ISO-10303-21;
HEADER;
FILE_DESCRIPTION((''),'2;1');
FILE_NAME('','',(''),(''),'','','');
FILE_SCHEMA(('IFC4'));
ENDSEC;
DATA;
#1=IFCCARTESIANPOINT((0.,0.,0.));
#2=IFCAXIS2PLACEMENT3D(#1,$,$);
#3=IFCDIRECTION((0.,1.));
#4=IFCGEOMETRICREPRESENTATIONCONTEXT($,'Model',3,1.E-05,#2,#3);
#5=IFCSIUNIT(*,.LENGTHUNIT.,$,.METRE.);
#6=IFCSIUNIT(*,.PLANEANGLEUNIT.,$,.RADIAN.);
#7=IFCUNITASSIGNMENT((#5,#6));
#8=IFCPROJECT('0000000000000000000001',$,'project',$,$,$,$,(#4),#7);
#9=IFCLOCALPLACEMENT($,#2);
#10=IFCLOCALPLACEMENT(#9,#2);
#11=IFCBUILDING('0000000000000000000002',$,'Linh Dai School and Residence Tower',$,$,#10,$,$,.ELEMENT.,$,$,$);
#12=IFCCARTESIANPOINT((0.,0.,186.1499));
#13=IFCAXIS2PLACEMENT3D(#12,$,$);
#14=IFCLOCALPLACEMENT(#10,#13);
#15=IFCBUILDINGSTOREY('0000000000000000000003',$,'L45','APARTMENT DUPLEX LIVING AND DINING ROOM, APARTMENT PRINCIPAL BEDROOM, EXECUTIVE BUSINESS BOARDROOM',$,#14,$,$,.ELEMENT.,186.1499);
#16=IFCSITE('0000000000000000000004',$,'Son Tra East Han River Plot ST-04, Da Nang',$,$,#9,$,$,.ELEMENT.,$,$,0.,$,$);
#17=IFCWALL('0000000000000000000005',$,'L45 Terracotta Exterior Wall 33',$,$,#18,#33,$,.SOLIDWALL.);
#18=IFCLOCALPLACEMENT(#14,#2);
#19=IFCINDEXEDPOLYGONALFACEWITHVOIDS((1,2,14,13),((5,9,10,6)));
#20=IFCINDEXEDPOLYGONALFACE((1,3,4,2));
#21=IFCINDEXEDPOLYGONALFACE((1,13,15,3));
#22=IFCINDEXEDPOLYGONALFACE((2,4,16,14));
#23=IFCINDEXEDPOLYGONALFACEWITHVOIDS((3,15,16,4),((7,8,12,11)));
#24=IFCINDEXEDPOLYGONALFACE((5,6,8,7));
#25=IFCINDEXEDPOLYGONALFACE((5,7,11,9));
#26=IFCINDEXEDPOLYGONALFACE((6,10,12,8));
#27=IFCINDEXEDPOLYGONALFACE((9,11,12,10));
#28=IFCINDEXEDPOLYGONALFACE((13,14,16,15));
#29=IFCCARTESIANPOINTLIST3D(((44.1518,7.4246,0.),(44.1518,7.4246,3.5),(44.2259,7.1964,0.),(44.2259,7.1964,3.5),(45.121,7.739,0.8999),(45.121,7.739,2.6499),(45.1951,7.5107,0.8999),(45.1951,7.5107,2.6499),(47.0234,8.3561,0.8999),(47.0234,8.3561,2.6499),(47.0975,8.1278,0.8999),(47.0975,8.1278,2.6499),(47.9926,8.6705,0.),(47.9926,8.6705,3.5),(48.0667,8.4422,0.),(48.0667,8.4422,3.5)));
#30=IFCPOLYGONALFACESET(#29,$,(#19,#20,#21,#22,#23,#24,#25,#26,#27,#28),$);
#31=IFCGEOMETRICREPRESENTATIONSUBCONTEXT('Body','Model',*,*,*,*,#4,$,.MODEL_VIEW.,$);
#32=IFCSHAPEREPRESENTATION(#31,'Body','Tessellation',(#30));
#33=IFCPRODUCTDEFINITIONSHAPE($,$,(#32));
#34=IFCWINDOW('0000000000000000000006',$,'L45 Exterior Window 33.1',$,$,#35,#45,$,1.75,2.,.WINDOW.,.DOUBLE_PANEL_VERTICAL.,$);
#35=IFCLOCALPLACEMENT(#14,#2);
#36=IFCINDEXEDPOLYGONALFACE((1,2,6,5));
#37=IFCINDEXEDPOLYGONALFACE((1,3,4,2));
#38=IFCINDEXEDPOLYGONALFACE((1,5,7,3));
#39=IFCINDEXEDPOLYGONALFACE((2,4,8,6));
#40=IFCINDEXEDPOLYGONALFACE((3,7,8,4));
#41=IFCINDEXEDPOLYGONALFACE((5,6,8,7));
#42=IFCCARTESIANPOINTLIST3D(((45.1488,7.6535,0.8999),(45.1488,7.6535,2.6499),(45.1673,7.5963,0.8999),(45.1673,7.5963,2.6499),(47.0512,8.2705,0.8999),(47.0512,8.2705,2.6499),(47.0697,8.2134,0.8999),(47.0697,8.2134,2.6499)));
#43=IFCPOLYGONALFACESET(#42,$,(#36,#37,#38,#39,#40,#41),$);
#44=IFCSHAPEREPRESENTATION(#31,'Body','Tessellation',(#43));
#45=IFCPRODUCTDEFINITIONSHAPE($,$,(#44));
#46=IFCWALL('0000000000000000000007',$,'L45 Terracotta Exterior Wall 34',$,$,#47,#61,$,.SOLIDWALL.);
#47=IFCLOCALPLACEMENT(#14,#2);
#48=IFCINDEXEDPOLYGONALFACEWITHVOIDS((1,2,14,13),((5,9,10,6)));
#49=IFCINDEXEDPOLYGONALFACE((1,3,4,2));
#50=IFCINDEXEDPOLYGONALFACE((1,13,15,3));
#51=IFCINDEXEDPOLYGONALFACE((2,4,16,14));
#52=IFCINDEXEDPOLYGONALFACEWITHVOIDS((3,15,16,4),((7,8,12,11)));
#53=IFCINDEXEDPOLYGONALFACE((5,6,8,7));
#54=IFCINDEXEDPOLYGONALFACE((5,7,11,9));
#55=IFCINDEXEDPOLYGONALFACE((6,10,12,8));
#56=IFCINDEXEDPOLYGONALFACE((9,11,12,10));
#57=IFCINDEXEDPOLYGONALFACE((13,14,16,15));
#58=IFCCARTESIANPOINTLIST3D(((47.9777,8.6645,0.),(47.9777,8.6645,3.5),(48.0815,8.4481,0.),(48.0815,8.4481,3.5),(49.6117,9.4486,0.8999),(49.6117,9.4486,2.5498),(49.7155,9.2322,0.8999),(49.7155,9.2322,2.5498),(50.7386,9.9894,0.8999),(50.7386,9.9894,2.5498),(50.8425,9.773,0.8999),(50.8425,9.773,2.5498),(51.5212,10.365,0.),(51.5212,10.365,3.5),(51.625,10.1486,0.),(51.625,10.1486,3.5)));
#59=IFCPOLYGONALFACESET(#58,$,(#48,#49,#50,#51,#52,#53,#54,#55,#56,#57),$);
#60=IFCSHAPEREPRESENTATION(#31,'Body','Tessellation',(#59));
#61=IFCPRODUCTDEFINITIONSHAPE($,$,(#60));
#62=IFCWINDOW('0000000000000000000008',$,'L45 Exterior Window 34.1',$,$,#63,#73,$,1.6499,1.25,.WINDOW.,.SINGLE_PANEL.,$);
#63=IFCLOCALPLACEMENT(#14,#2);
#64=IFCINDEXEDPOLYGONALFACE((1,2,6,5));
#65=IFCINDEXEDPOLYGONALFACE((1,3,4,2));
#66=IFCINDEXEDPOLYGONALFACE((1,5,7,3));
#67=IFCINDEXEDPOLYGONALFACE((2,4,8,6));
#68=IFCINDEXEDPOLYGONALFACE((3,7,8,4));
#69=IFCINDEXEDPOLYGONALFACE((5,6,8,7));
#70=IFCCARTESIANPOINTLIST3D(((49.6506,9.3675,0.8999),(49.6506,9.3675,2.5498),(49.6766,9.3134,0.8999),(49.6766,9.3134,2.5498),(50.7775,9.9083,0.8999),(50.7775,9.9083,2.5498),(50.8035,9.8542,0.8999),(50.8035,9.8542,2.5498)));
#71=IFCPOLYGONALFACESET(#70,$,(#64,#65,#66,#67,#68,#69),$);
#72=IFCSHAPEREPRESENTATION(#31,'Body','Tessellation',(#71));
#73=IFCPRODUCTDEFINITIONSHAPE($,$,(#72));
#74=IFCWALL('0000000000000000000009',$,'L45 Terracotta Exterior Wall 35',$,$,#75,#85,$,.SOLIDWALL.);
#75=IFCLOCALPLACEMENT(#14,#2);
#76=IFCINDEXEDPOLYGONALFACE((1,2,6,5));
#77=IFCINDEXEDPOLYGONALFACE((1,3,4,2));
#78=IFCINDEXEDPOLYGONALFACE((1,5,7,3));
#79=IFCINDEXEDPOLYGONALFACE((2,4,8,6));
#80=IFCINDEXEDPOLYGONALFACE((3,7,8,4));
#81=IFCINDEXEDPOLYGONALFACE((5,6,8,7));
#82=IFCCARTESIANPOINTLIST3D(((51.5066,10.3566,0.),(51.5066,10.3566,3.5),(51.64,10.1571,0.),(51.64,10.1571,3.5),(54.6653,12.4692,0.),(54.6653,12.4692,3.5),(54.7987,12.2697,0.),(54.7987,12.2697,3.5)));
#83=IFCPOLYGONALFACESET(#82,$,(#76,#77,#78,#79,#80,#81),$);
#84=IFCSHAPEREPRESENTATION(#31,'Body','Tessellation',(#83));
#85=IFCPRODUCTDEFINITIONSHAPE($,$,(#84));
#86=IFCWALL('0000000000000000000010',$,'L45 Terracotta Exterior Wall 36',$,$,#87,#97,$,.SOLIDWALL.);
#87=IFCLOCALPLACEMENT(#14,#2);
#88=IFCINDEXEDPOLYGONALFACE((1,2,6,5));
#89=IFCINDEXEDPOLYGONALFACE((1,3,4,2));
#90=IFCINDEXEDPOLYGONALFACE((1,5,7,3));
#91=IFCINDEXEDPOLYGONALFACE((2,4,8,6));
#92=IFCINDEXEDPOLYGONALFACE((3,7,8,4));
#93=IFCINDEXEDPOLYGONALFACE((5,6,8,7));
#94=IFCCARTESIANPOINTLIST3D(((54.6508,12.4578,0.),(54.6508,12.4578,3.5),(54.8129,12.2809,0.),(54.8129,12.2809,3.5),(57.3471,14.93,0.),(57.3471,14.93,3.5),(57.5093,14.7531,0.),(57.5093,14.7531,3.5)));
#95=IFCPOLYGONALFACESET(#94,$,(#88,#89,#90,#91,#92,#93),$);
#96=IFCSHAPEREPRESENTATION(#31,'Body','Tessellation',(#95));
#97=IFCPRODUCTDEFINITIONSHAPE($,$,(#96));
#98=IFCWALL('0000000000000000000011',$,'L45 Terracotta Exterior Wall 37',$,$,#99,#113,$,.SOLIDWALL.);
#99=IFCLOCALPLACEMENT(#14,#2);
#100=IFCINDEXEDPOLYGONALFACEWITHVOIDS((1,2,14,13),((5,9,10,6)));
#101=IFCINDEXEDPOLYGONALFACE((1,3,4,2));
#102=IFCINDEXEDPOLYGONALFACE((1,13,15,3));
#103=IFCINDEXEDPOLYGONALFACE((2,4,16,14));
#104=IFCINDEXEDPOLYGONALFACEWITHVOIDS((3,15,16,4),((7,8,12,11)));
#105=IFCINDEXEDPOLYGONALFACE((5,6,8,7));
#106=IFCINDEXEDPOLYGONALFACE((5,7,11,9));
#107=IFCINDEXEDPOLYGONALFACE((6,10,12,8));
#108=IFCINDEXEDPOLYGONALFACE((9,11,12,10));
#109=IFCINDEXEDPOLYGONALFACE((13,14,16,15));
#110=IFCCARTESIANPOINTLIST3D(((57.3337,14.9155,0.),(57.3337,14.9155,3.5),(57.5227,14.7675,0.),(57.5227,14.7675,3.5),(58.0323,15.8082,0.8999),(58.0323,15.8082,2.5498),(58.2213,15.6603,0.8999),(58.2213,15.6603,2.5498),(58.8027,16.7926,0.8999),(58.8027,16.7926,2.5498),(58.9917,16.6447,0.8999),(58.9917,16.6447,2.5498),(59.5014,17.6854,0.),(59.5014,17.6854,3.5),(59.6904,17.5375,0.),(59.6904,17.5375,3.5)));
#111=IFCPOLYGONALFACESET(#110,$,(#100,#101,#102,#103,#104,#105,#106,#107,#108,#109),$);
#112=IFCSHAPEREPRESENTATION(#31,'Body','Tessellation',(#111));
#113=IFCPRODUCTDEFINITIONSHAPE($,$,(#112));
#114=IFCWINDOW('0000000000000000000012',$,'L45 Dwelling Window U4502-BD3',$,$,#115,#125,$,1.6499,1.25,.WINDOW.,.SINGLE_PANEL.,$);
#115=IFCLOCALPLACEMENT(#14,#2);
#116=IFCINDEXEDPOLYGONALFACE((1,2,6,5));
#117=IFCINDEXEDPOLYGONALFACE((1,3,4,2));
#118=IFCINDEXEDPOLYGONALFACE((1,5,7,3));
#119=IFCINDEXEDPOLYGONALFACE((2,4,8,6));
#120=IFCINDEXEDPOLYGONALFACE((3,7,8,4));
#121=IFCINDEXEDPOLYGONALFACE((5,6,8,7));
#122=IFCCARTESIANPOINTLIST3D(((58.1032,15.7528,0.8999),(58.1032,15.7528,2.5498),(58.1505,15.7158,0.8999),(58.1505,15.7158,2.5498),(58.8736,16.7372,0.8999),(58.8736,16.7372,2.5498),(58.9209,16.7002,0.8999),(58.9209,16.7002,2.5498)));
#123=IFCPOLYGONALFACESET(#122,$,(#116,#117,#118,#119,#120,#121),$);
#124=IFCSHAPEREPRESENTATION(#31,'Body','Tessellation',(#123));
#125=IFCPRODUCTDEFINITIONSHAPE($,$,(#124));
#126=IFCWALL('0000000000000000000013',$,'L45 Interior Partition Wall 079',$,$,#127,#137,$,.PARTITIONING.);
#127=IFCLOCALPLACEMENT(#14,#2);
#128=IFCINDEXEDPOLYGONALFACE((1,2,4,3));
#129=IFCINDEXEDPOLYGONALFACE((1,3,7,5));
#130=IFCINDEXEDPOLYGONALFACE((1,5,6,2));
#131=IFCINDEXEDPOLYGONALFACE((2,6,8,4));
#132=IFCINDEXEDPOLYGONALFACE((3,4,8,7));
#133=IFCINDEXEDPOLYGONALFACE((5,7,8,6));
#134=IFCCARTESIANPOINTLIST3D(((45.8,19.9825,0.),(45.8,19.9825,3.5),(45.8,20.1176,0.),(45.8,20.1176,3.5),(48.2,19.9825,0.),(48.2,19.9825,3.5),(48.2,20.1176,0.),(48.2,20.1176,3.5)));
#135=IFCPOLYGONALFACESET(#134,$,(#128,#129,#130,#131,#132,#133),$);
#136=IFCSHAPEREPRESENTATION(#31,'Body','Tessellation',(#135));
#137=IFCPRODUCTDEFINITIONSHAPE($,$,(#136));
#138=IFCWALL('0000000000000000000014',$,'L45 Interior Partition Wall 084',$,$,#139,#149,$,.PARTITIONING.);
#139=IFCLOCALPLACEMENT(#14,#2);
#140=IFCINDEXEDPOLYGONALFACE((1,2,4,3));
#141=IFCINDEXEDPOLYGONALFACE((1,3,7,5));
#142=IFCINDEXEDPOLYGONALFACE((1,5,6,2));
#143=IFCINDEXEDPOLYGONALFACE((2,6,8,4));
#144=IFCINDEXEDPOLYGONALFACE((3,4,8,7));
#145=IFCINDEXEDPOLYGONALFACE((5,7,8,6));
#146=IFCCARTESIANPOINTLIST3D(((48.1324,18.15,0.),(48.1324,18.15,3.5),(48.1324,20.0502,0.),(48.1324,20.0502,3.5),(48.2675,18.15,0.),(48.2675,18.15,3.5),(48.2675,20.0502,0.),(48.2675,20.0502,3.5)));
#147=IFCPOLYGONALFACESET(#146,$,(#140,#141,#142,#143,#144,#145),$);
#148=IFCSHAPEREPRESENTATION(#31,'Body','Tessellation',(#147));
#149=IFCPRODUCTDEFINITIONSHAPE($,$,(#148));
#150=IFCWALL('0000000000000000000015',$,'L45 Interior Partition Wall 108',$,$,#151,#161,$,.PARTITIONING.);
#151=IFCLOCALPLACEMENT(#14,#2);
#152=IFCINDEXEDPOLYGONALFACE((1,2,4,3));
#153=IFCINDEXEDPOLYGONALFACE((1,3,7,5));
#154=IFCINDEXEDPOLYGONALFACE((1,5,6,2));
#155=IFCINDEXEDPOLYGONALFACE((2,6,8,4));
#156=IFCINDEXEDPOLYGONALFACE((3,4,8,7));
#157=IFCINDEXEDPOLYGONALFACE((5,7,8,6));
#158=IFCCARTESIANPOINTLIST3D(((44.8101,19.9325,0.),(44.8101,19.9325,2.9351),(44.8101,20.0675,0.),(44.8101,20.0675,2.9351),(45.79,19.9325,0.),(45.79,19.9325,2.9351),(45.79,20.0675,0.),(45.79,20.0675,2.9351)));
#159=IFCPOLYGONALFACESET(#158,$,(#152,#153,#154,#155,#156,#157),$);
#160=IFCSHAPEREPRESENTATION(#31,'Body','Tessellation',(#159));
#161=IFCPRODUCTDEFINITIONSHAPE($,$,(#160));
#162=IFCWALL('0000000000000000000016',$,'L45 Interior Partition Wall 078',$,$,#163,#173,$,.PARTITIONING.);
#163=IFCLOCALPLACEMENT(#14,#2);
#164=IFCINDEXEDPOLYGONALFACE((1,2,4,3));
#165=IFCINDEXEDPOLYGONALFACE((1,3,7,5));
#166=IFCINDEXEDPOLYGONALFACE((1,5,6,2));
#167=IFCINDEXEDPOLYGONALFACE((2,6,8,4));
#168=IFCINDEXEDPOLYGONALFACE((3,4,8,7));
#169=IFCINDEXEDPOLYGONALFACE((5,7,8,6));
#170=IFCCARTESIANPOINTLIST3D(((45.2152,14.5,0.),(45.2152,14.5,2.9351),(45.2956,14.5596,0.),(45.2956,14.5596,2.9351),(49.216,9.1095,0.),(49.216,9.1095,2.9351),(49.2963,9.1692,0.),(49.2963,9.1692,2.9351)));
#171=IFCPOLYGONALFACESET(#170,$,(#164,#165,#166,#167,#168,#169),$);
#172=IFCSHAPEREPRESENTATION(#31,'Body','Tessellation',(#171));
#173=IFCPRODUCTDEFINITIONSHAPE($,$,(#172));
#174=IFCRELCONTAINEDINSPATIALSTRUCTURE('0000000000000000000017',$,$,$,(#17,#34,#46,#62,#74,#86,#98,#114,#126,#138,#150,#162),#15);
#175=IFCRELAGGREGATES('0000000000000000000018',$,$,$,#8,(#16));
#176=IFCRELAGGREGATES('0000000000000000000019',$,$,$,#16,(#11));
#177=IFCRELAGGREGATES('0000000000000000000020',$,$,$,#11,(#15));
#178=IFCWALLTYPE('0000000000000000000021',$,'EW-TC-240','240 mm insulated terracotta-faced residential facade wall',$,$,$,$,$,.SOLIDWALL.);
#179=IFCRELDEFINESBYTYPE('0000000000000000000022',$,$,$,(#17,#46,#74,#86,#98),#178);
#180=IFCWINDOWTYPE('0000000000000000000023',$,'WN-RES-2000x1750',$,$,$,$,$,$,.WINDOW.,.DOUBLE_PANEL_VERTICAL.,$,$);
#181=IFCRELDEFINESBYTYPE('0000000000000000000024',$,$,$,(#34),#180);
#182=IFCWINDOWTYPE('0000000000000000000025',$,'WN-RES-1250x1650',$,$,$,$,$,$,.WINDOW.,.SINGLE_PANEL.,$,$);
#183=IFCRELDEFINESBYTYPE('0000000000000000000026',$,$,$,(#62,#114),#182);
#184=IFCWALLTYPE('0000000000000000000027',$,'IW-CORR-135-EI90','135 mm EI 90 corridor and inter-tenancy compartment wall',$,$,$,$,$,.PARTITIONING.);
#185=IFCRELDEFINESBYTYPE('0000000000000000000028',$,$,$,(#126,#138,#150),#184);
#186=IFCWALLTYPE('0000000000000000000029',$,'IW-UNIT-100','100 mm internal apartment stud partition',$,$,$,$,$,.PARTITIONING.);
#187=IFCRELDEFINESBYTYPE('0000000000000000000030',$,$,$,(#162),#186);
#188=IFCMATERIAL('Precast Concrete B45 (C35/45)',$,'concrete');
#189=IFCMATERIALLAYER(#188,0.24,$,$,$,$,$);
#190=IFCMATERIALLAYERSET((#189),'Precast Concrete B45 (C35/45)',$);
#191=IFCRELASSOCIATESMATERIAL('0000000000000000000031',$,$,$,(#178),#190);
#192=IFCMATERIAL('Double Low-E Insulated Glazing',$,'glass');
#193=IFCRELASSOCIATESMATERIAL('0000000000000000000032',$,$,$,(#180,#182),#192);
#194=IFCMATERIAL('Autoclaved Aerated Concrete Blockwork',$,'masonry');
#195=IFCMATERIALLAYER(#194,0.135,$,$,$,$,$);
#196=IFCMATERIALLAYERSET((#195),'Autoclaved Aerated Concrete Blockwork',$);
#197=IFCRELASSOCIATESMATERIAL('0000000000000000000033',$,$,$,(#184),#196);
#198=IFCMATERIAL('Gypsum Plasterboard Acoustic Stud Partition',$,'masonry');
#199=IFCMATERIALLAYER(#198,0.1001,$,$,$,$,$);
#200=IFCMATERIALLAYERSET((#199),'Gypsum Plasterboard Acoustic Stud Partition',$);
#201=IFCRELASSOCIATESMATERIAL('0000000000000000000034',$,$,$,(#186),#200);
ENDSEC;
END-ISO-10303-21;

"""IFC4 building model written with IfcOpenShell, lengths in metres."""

from ifc_helpers import new_model, si_unit, direction, frame, frame_2d, origin, origin_2d, place, context, subcontext, project, spatial, rectangle, extrude, source, transform, mapped, material, layer, layer_set, type_object, element, fill, save


model = new_model("IFC4")

# Units and contexts
model_context = context("Model", 3, precision=1e-05, world=origin(), true_north=direction((0.0, 1.0)))
body_context = subcontext(model_context, "Body", "Model", "MODEL_VIEW")
ifc_project = project(units=[si_unit("LENGTHUNIT", "METRE"), si_unit("PLANEANGLEUNIT", "RADIAN")], contexts=[model_context])

# Site, building, storey
site_placement = place(None, origin())
site = spatial("IfcSite", under=ifc_project, at=site_placement, Name="Son Tra East Han River Plot ST-04, Da Nang", CompositionType="ELEMENT", RefElevation=0.0)
building_placement = place(site_placement, origin())
building = spatial("IfcBuilding", under=site, at=building_placement, Name="Linh Dai School and Residence Tower", CompositionType="ELEMENT")
storey_placement = place(building_placement, frame((0.0, 0.0, 186.1499)))
storey = spatial("IfcBuildingStorey", under=building, at=storey_placement, Name="L45", Description="APARTMENT DUPLEX LIVING AND DINING ROOM, APARTMENT PRINCIPAL BEDROOM, EXECUTIVE BUSINESS BOARDROOM", CompositionType="ELEMENT", Elevation=186.1499)

# Shared definitions
ifc_material_1 = material(Name="Precast Concrete B45 (C35/45)", Category="concrete")

# Walls, openings, windows
ifc_layer_1 = layer(ifc_material_1, 0.24)
ifc_layer_set_1 = layer_set([ifc_layer_1], Name="Precast Concrete B45 (C35/45)")
wall_type_1 = type_object("IfcWallType", Name="EW-TC-240", Description="240 mm insulated terracotta-faced residential facade wall", PredefinedType="SOLIDWALL", material=ifc_layer_set_1)
wall_1_placement = place(storey_placement, frame((48.0298, 8.5564, 0.0), z_axis=(0.0, 0.0, 1.0), x_axis=(-0.95121, -0.308545, 0.0)))
wall_1 = element("IfcWall", 1, at=wall_1_placement, inside=storey, type_object=wall_type_1, Name="L45 Terracotta Exterior Wall 33", PredefinedType="SOLIDWALL", context=body_context, shape_type="SweptSolid", body=[
    extrude(rectangle(XDim=4.0378, YDim=0.24, at=frame_2d((2.019, 0.0))), origin(), (0.0, 0.0, 1.0), 3.5),
])
opening_1_placement = place(wall_1_placement, frame((1.019, 0.0, 0.8999)))
opening_1 = element("IfcOpeningElement", 2, at=opening_1_placement, cuts=wall_1, PredefinedType="OPENING", context=body_context, shape_type="SweptSolid", body=[
    extrude(rectangle(XDim=2.0, YDim=1.75, at=origin_2d()), frame((1.0, 0.1299, 0.875), z_axis=(0.0, -1.0, 0.0), x_axis=(1.0, 0.0, 0.0)), (0.0, 0.0, 1.0), 0.26),
])
ifc_material_2 = material(Name="Double Low-E Insulated Glazing", Category="glass")
window_type_1 = type_object("IfcWindowType", Name="WN-RES-2000x1750", PartitioningType="DOUBLE_PANEL_VERTICAL", PredefinedType="WINDOW", material=ifc_material_2)
shared_shape_1 = source(origin(), body_context, "Body", "SweptSolid", [
    extrude(rectangle(XDim=2.0, YDim=1.75, at=origin_2d()), frame((1.0, 0.03, 0.875), z_axis=(0.0, -1.0, 0.0), x_axis=(1.0, 0.0, 0.0)), (0.0, 0.0, 1.0), 0.0601),
])
window_1_placement = place(opening_1_placement, origin())
window_1 = element("IfcWindow", 3, at=window_1_placement, inside=storey, type_object=window_type_1, Name="L45 Exterior Window 33.1", OverallHeight=1.75, OverallWidth=2.0, PartitioningType="DOUBLE_PANEL_VERTICAL", PredefinedType="WINDOW", context=body_context, shape_type="MappedRepresentation", body=[
    mapped(shared_shape_1, transform((0.0, 0.0, 0.0), x_axis=(1.0, 0.0, 0.0), y_axis=(0.0, 1.0, 0.0), z_axis=(0.0, 0.0, 1.0), scale=1.0)),
])
fill(opening_1, window_1)
wall_2_placement = place(storey_placement, frame((51.5732, 10.2568, 0.0), z_axis=(0.0, 0.0, 1.0), x_axis=(-0.901565, -0.432644, 0.0)))
wall_2 = element("IfcWall", 4, at=wall_2_placement, inside=storey, type_object=wall_type_1, Name="L45 Terracotta Exterior Wall 34", PredefinedType="SOLIDWALL", context=body_context, shape_type="SweptSolid", body=[
    extrude(rectangle(XDim=3.9304, YDim=0.24, at=frame_2d((1.9653, 0.0))), origin(), (0.0, 0.0, 1.0), 3.5),
])
opening_2_placement = place(wall_2_placement, frame((0.8682, 0.0, 0.8999)))
opening_2 = element("IfcOpeningElement", 5, at=opening_2_placement, cuts=wall_2, PredefinedType="OPENING", context=body_context, shape_type="SweptSolid", body=[
    extrude(rectangle(XDim=1.25, YDim=1.6499, at=origin_2d()), frame((0.625, 0.1299, 0.825), z_axis=(0.0, -1.0, 0.0), x_axis=(1.0, 0.0, 0.0)), (0.0, 0.0, 1.0), 0.26),
])
window_type_2 = type_object("IfcWindowType", Name="WN-RES-1250x1650", PartitioningType="SINGLE_PANEL", PredefinedType="WINDOW", material=ifc_material_2)
shared_shape_2 = source(origin(), body_context, "Body", "SweptSolid", [
    extrude(rectangle(XDim=1.25, YDim=1.6499, at=origin_2d()), frame((0.625, 0.03, 0.825), z_axis=(0.0, -1.0, 0.0), x_axis=(1.0, 0.0, 0.0)), (0.0, 0.0, 1.0), 0.0601),
])
window_2_placement = place(opening_2_placement, origin())
window_2 = element("IfcWindow", 6, at=window_2_placement, inside=storey, type_object=window_type_2, Name="L45 Exterior Window 34.1", OverallHeight=1.6499, OverallWidth=1.25, PartitioningType="SINGLE_PANEL", PredefinedType="WINDOW", context=body_context, shape_type="MappedRepresentation", body=[
    mapped(shared_shape_2, transform((0.0, 0.0, 0.0), x_axis=(1.0, 0.0, 0.0), y_axis=(0.0, 1.0, 0.0), z_axis=(0.0, 0.0, 1.0), scale=1.0)),
])
fill(opening_2, window_2)

# Walls
wall_3_placement = place(storey_placement, frame((54.7319, 12.3694, 0.0), z_axis=(0.0, 0.0, 1.0), x_axis=(-0.831229, -0.55593, 0.0)))
element("IfcWall", 7, at=wall_3_placement, inside=storey, type_object=wall_type_1, Name="L45 Terracotta Exterior Wall 35", PredefinedType="SOLIDWALL", context=body_context, shape_type="SweptSolid", body=[
    extrude(rectangle(XDim=3.8, YDim=0.24, at=frame_2d((1.8999, 0.0))), origin(), (0.0, 0.0, 1.0), 3.5),
])
wall_4_placement = place(storey_placement, frame((57.4282, 14.8416, 0.0), z_axis=(0.0, 0.0, 1.0), x_axis=(-0.737077, -0.675809, 0.0)))
element("IfcWall", 8, at=wall_4_placement, inside=storey, type_object=wall_type_1, Name="L45 Terracotta Exterior Wall 36", PredefinedType="SOLIDWALL", context=body_context, shape_type="SweptSolid", body=[
    extrude(rectangle(XDim=3.6582, YDim=0.24, at=frame_2d((1.8291, 0.0))), origin(), (0.0, 0.0, 1.0), 3.5),
])

# Wall, opening, window
wall_5_placement = place(storey_placement, frame((59.5959, 17.6116, 0.0), z_axis=(0.0, 0.0, 1.0), x_axis=(-0.616288, -0.787521, 0.0)))
wall_5 = element("IfcWall", 9, at=wall_5_placement, inside=storey, type_object=wall_type_1, Name="L45 Terracotta Exterior Wall 37", PredefinedType="SOLIDWALL", context=body_context, shape_type="SweptSolid", body=[
    extrude(rectangle(XDim=3.5173, YDim=0.24, at=frame_2d((1.7588, 0.0))), origin(), (0.0, 0.0, 1.0), 3.5),
])
opening_3_placement = place(wall_5_placement, frame((1.1338, 0.0, 0.8999)))
opening_3 = element("IfcOpeningElement", 10, at=opening_3_placement, cuts=wall_5, PredefinedType="OPENING", context=body_context, shape_type="SweptSolid", body=[
    extrude(rectangle(XDim=1.25, YDim=1.6499, at=origin_2d()), frame((0.625, 0.1299, 0.825), z_axis=(0.0, -1.0, 0.0), x_axis=(1.0, 0.0, 0.0)), (0.0, 0.0, 1.0), 0.26),
])
window_3_placement = place(opening_3_placement, origin())
window_3 = element("IfcWindow", 11, at=window_3_placement, inside=storey, type_object=window_type_2, Name="L45 Dwelling Window U4502-BD3", OverallHeight=1.6499, OverallWidth=1.25, PartitioningType="SINGLE_PANEL", PredefinedType="WINDOW", context=body_context, shape_type="MappedRepresentation", body=[
    mapped(shared_shape_2, transform((0.0, 0.0, 0.0), x_axis=(1.0, 0.0, 0.0), y_axis=(0.0, 1.0, 0.0), z_axis=(0.0, 0.0, 1.0), scale=1.0)),
])
fill(opening_3, window_3)

# Walls
ifc_material_3 = material(Name="Autoclaved Aerated Concrete Blockwork", Category="masonry")
ifc_layer_2 = layer(ifc_material_3, 0.135)
ifc_layer_set_2 = layer_set([ifc_layer_2], Name="Autoclaved Aerated Concrete Blockwork")
wall_type_2 = type_object("IfcWallType", Name="IW-CORR-135-EI90", Description="135 mm EI 90 corridor and inter-tenancy compartment wall", PredefinedType="PARTITIONING", material=ifc_layer_set_2)
wall_6_placement = place(storey_placement, frame((45.8, 20.05, 0.0), z_axis=(0.0, 0.0, 1.0), x_axis=(1.0, 0.0, 0.0)))
element("IfcWall", 12, at=wall_6_placement, inside=storey, type_object=wall_type_2, Name="L45 Interior Partition Wall 079", PredefinedType="PARTITIONING", context=body_context, shape_type="SweptSolid", body=[
    extrude(rectangle(XDim=2.3999, YDim=0.135, at=frame_2d((1.2, 0.0))), origin(), (0.0, 0.0, 1.0), 3.5),
])
wall_7_placement = place(storey_placement, frame((48.2, 18.1499, 0.0), z_axis=(0.0, 0.0, 1.0), x_axis=(0.0, 1.0, 0.0)))
element("IfcWall", 13, at=wall_7_placement, inside=storey, type_object=wall_type_2, Name="L45 Interior Partition Wall 084", PredefinedType="PARTITIONING", context=body_context, shape_type="SweptSolid", body=[
    extrude(rectangle(XDim=1.9001, YDim=0.135, at=frame_2d((0.9502, 0.0))), origin(), (0.0, 0.0, 1.0), 3.5),
])
wall_8_placement = place(storey_placement, frame((44.8101, 20.0, 0.0), z_axis=(0.0, 0.0, 1.0), x_axis=(1.0, 0.0, 0.0)))
element("IfcWall", 14, at=wall_8_placement, inside=storey, type_object=wall_type_2, Name="L45 Interior Partition Wall 108", PredefinedType="PARTITIONING", context=body_context, shape_type="SweptSolid", body=[
    extrude(rectangle(XDim=0.98, YDim=0.135, at=frame_2d((0.49, 0.0))), origin(), (0.0, 0.0, 1.0), 2.9351),
])
ifc_material_4 = material(Name="Gypsum Plasterboard Acoustic Stud Partition", Category="masonry")
ifc_layer_3 = layer(ifc_material_4, 0.1001)
ifc_layer_set_3 = layer_set([ifc_layer_3], Name="Gypsum Plasterboard Acoustic Stud Partition")
wall_type_3 = type_object("IfcWallType", Name="IW-UNIT-100", Description="100 mm internal apartment stud partition", PredefinedType="PARTITIONING", material=ifc_layer_set_3)
wall_9_placement = place(storey_placement, frame((45.2554, 14.5298, 0.0), z_axis=(0.0, 0.0, 1.0), x_axis=(0.595983, -0.802997, 0.0)))
element("IfcWall", 15, at=wall_9_placement, inside=storey, type_object=wall_type_3, Name="L45 Interior Partition Wall 078", PredefinedType="PARTITIONING", context=body_context, shape_type="SweptSolid", body=[
    extrude(rectangle(XDim=6.7129, YDim=0.1001, at=frame_2d((3.3564, 0.0))), origin(), (0.0, 0.0, 1.0), 2.9351),
])

save(model, "model.ifc")
